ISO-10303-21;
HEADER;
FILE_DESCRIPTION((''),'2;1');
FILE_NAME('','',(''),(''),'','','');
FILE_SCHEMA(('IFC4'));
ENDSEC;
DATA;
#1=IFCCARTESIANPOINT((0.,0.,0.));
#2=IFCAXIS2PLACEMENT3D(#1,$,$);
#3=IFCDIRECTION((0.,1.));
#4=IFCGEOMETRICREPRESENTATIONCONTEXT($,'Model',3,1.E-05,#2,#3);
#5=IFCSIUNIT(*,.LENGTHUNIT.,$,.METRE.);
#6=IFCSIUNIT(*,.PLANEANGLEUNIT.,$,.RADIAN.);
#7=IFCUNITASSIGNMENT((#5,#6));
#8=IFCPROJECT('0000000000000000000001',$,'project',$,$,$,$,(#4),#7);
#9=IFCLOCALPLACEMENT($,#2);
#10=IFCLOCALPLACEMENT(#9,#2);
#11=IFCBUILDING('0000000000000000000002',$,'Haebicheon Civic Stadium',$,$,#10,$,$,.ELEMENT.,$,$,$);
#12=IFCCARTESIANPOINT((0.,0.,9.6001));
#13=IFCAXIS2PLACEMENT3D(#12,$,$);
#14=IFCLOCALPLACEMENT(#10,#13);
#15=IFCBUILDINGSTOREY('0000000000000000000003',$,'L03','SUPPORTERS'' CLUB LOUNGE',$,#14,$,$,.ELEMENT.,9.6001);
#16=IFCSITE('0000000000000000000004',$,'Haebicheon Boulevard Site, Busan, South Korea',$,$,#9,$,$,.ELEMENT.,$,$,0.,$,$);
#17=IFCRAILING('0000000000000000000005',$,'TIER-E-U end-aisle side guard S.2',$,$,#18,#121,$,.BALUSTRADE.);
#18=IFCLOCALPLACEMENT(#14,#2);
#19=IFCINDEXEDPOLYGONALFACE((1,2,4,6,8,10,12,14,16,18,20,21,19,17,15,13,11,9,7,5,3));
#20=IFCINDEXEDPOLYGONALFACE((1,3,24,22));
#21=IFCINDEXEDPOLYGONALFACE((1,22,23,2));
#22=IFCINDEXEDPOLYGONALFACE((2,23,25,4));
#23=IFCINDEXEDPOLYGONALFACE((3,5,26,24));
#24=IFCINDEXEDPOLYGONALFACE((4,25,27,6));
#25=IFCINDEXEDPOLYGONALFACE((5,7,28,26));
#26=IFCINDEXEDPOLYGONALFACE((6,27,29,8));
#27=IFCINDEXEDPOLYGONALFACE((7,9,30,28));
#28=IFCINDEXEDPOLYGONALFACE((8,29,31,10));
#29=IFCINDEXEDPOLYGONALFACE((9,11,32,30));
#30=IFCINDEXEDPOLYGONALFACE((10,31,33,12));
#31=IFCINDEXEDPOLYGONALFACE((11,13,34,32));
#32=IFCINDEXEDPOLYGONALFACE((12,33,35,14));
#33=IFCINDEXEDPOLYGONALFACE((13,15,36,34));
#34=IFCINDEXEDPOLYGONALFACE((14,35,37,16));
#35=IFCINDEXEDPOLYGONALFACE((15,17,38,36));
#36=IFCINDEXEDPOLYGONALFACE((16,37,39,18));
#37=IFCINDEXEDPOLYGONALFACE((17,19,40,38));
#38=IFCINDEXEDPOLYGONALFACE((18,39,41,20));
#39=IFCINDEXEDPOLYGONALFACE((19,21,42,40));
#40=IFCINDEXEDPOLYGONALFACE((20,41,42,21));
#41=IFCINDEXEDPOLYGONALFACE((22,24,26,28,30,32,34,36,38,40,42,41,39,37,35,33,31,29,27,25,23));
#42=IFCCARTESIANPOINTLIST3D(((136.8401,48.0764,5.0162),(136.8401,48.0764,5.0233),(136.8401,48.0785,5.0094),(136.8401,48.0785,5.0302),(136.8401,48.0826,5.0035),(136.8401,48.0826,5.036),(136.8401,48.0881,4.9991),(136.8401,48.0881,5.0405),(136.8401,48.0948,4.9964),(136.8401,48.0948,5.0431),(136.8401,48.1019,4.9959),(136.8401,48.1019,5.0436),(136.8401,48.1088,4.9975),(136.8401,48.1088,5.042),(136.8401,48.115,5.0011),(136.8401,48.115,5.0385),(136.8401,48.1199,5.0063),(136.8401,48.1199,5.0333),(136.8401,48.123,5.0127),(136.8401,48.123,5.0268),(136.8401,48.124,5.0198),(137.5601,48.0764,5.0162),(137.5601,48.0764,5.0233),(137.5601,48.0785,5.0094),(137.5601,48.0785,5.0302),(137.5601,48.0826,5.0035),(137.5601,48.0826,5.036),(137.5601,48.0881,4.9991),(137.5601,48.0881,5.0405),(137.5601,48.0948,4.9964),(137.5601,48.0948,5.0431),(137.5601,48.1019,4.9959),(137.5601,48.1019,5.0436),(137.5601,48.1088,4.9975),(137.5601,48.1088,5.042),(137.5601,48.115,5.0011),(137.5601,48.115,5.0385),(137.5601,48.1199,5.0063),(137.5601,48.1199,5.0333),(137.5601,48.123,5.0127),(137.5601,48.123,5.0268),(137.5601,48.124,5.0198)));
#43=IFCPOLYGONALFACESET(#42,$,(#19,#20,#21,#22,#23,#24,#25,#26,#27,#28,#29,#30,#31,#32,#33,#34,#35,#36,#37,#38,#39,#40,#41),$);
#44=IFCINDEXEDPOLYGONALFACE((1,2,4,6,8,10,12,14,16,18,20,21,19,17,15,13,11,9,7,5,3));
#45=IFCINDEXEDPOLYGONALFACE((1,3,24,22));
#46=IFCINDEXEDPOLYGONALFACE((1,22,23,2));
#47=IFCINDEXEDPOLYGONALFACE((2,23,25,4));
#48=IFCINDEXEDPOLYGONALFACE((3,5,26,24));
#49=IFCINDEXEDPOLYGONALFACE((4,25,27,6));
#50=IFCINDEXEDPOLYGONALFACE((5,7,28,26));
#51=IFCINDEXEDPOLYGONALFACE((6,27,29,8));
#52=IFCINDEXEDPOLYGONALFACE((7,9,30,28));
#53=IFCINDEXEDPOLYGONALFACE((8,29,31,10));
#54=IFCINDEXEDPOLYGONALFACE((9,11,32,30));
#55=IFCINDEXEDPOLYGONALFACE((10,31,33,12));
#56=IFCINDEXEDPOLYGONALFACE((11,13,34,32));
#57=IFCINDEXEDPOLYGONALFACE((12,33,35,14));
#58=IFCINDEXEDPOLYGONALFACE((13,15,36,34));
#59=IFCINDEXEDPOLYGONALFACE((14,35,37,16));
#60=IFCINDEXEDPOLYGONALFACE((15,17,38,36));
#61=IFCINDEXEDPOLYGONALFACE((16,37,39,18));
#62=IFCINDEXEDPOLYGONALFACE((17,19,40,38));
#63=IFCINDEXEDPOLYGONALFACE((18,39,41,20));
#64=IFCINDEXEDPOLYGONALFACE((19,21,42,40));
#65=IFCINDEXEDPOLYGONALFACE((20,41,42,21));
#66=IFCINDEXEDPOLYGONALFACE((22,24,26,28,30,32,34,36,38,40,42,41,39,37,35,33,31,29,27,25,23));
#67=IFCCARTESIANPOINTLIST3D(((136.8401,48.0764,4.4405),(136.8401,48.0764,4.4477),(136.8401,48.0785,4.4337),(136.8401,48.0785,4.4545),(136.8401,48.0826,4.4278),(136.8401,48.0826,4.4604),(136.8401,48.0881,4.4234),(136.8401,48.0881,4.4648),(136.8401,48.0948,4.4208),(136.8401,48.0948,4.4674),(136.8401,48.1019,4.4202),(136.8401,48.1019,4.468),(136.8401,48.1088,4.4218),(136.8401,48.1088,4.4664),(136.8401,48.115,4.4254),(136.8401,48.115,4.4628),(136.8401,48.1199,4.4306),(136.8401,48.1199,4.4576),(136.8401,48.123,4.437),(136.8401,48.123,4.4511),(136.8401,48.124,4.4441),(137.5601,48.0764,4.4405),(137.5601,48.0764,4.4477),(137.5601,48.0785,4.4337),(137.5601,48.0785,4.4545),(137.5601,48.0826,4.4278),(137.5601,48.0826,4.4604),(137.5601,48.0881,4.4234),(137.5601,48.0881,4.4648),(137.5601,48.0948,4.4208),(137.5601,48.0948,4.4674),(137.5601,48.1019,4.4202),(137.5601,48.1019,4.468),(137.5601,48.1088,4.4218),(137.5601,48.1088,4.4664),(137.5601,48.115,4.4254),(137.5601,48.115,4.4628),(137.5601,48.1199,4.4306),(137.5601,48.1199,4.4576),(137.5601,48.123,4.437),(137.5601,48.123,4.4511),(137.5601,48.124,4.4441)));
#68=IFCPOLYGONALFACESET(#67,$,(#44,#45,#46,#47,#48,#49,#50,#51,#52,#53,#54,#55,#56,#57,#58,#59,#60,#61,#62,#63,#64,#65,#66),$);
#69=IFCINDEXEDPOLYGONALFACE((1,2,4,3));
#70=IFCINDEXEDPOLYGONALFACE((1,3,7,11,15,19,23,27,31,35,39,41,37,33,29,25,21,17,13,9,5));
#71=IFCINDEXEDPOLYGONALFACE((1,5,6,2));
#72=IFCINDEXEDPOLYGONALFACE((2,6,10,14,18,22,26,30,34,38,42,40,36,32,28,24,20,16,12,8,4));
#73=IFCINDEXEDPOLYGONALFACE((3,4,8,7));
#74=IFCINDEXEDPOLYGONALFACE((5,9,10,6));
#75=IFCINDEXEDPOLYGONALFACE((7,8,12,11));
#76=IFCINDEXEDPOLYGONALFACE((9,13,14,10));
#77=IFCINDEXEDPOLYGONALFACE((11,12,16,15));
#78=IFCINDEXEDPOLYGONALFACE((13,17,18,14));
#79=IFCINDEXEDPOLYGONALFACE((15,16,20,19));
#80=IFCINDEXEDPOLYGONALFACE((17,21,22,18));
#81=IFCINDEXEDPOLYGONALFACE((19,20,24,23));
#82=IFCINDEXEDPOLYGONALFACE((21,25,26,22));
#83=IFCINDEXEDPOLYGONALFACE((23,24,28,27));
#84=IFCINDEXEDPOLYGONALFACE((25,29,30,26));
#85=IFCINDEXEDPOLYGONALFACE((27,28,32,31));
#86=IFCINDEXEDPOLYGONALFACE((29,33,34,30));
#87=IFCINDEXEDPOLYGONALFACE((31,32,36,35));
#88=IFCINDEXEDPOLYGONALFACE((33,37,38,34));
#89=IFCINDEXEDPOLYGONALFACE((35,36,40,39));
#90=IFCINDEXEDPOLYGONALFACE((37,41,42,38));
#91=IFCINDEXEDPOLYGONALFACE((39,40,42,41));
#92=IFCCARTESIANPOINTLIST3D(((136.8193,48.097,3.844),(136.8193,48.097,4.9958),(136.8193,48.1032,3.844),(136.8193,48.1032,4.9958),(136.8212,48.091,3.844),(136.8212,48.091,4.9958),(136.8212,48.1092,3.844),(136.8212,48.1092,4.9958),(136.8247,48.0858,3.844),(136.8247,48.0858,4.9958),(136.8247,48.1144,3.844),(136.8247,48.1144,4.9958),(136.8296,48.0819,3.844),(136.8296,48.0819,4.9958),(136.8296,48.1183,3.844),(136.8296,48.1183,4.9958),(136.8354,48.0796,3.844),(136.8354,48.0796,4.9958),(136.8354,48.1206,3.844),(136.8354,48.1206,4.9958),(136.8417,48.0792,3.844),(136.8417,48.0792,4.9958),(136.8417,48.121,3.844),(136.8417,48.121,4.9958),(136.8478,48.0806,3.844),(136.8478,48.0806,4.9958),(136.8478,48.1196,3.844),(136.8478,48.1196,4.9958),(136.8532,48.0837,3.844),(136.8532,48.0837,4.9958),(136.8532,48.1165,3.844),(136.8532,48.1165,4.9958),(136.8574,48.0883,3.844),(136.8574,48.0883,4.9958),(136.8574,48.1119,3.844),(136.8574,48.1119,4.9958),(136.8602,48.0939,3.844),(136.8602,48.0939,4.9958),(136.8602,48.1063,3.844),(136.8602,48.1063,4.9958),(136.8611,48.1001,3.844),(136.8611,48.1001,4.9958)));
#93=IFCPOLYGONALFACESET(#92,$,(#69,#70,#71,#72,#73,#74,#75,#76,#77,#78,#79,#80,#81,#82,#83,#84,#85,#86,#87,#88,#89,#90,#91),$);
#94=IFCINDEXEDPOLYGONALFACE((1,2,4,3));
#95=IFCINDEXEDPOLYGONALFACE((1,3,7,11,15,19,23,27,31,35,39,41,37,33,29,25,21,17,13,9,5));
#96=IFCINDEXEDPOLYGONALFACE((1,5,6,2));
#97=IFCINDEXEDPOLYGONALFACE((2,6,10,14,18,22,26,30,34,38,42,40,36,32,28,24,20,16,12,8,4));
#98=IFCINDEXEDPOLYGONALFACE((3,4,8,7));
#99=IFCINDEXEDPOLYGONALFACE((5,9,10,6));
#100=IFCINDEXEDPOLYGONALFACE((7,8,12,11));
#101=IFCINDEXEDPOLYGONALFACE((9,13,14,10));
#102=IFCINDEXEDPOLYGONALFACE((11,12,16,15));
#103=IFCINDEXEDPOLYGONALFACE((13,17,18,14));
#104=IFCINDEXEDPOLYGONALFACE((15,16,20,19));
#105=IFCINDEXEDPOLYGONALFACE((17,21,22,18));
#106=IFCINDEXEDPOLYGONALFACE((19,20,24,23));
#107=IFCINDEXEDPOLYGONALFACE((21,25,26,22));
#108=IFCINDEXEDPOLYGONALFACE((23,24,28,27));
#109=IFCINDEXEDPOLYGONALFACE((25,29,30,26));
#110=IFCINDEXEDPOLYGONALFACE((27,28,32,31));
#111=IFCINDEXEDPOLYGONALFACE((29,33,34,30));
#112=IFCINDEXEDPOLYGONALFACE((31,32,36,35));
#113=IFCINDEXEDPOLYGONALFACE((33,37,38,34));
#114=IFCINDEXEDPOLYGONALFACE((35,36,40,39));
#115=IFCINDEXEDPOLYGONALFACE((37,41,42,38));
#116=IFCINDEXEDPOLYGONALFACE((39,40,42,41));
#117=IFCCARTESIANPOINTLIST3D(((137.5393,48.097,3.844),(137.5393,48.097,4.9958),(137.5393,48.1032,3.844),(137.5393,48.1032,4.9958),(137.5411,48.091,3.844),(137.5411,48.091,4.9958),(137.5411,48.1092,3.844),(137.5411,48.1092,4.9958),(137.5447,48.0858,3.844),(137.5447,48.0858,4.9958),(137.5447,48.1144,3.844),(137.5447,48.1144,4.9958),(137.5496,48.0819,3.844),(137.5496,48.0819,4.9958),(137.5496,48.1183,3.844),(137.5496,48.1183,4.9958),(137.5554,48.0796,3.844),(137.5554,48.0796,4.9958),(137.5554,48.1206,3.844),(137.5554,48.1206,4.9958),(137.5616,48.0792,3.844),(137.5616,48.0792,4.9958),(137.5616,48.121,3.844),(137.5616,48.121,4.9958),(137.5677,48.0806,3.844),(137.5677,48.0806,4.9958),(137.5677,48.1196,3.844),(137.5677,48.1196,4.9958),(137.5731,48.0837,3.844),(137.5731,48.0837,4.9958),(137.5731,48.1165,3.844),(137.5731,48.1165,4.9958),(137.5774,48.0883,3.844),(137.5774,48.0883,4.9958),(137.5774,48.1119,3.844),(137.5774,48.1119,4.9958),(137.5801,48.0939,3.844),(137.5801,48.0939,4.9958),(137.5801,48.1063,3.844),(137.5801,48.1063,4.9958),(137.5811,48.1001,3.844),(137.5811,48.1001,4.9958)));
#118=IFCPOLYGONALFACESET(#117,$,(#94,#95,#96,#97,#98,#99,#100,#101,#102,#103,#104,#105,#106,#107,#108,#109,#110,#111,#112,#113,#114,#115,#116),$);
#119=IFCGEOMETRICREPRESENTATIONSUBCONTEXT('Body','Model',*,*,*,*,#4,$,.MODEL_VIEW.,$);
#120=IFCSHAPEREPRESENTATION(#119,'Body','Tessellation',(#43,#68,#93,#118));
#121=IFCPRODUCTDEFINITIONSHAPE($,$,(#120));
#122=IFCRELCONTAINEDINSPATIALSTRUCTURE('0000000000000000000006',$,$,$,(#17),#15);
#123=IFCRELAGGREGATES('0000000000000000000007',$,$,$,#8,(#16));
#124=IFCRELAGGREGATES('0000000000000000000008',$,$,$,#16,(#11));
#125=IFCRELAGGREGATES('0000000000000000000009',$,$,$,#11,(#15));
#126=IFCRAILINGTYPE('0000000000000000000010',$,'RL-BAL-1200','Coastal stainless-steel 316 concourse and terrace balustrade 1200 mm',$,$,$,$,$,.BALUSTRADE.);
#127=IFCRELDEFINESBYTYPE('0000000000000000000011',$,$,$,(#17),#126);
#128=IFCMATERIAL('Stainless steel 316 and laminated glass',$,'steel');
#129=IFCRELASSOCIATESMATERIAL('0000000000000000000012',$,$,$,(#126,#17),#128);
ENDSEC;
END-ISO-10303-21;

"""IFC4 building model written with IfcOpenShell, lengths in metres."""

from ifc_helpers import new_model, si_unit, direction, frame, origin, origin_2d, place, context, subcontext, project, spatial, circle, extrude, material, type_object, element, save


model = new_model("IFC4")

# Units and contexts
model_context = context("Model", 3, precision=1e-05, world=origin(), true_north=direction((0.0, 1.0)))
body_context = subcontext(model_context, "Body", "Model", "MODEL_VIEW")
ifc_project = project(units=[si_unit("LENGTHUNIT", "METRE"), si_unit("PLANEANGLEUNIT", "RADIAN")], contexts=[model_context])

# Site, building, storey
site_placement = place(None, origin())
site = spatial("IfcSite", under=ifc_project, at=site_placement, Name="Haebicheon Boulevard Site, Busan, South Korea", CompositionType="ELEMENT", RefElevation=0.0)
building_placement = place(site_placement, origin())
building = spatial("IfcBuilding", under=site, at=building_placement, Name="Haebicheon Civic Stadium", CompositionType="ELEMENT")
storey_placement = place(building_placement, frame((0.0, 0.0, 9.6001)))
storey = spatial("IfcBuildingStorey", under=building, at=storey_placement, Name="L03", Description="SUPPORTERS' CLUB LOUNGE", CompositionType="ELEMENT", Elevation=9.6001)

# Railing
ifc_material_1 = material(Name="Stainless steel 316 and laminated glass", Category="steel")
railing_type = type_object("IfcRailingType", Name="RL-BAL-1200", Description="Coastal stainless-steel 316 concourse and terrace balustrade 1200 mm", PredefinedType="BALUSTRADE", material=ifc_material_1)
for number, where, name in (
    (1, (136.8401, 48.1001, 3.844), "TIER-E-U end-aisle side guard S.2"),
):
    element("IfcRailing", number, at=place(storey_placement, frame(where)), inside=storey, type_object=railing_type, material=ifc_material_1, Name=name, PredefinedType="BALUSTRADE", context=body_context, shape_type="SweptSolid", body=[
        extrude(circle(Radius=0.0239, at=origin_2d()), frame((0.0, 0.0, 1.1758), z_axis=(1.0, 0.0, 0.0), x_axis=(0.0, 1.0, 0.0)), (0.0, 0.0, 1.0), 0.72),
        extrude(circle(Radius=0.0239, at=origin_2d()), frame((0.0, 0.0, 0.6001), z_axis=(1.0, 0.0, 0.0), x_axis=(0.0, 1.0, 0.0)), (0.0, 0.0, 1.0), 0.72),
        extrude(circle(Radius=0.021, at=origin_2d()), origin(), (0.0, 0.0, 1.0), 1.1519),
        extrude(circle(Radius=0.021, at=origin_2d()), frame((0.72, 0.0, 0.0)), (0.0, 0.0, 1.0), 1.1519),
    ])

save(model, "model.ifc")
